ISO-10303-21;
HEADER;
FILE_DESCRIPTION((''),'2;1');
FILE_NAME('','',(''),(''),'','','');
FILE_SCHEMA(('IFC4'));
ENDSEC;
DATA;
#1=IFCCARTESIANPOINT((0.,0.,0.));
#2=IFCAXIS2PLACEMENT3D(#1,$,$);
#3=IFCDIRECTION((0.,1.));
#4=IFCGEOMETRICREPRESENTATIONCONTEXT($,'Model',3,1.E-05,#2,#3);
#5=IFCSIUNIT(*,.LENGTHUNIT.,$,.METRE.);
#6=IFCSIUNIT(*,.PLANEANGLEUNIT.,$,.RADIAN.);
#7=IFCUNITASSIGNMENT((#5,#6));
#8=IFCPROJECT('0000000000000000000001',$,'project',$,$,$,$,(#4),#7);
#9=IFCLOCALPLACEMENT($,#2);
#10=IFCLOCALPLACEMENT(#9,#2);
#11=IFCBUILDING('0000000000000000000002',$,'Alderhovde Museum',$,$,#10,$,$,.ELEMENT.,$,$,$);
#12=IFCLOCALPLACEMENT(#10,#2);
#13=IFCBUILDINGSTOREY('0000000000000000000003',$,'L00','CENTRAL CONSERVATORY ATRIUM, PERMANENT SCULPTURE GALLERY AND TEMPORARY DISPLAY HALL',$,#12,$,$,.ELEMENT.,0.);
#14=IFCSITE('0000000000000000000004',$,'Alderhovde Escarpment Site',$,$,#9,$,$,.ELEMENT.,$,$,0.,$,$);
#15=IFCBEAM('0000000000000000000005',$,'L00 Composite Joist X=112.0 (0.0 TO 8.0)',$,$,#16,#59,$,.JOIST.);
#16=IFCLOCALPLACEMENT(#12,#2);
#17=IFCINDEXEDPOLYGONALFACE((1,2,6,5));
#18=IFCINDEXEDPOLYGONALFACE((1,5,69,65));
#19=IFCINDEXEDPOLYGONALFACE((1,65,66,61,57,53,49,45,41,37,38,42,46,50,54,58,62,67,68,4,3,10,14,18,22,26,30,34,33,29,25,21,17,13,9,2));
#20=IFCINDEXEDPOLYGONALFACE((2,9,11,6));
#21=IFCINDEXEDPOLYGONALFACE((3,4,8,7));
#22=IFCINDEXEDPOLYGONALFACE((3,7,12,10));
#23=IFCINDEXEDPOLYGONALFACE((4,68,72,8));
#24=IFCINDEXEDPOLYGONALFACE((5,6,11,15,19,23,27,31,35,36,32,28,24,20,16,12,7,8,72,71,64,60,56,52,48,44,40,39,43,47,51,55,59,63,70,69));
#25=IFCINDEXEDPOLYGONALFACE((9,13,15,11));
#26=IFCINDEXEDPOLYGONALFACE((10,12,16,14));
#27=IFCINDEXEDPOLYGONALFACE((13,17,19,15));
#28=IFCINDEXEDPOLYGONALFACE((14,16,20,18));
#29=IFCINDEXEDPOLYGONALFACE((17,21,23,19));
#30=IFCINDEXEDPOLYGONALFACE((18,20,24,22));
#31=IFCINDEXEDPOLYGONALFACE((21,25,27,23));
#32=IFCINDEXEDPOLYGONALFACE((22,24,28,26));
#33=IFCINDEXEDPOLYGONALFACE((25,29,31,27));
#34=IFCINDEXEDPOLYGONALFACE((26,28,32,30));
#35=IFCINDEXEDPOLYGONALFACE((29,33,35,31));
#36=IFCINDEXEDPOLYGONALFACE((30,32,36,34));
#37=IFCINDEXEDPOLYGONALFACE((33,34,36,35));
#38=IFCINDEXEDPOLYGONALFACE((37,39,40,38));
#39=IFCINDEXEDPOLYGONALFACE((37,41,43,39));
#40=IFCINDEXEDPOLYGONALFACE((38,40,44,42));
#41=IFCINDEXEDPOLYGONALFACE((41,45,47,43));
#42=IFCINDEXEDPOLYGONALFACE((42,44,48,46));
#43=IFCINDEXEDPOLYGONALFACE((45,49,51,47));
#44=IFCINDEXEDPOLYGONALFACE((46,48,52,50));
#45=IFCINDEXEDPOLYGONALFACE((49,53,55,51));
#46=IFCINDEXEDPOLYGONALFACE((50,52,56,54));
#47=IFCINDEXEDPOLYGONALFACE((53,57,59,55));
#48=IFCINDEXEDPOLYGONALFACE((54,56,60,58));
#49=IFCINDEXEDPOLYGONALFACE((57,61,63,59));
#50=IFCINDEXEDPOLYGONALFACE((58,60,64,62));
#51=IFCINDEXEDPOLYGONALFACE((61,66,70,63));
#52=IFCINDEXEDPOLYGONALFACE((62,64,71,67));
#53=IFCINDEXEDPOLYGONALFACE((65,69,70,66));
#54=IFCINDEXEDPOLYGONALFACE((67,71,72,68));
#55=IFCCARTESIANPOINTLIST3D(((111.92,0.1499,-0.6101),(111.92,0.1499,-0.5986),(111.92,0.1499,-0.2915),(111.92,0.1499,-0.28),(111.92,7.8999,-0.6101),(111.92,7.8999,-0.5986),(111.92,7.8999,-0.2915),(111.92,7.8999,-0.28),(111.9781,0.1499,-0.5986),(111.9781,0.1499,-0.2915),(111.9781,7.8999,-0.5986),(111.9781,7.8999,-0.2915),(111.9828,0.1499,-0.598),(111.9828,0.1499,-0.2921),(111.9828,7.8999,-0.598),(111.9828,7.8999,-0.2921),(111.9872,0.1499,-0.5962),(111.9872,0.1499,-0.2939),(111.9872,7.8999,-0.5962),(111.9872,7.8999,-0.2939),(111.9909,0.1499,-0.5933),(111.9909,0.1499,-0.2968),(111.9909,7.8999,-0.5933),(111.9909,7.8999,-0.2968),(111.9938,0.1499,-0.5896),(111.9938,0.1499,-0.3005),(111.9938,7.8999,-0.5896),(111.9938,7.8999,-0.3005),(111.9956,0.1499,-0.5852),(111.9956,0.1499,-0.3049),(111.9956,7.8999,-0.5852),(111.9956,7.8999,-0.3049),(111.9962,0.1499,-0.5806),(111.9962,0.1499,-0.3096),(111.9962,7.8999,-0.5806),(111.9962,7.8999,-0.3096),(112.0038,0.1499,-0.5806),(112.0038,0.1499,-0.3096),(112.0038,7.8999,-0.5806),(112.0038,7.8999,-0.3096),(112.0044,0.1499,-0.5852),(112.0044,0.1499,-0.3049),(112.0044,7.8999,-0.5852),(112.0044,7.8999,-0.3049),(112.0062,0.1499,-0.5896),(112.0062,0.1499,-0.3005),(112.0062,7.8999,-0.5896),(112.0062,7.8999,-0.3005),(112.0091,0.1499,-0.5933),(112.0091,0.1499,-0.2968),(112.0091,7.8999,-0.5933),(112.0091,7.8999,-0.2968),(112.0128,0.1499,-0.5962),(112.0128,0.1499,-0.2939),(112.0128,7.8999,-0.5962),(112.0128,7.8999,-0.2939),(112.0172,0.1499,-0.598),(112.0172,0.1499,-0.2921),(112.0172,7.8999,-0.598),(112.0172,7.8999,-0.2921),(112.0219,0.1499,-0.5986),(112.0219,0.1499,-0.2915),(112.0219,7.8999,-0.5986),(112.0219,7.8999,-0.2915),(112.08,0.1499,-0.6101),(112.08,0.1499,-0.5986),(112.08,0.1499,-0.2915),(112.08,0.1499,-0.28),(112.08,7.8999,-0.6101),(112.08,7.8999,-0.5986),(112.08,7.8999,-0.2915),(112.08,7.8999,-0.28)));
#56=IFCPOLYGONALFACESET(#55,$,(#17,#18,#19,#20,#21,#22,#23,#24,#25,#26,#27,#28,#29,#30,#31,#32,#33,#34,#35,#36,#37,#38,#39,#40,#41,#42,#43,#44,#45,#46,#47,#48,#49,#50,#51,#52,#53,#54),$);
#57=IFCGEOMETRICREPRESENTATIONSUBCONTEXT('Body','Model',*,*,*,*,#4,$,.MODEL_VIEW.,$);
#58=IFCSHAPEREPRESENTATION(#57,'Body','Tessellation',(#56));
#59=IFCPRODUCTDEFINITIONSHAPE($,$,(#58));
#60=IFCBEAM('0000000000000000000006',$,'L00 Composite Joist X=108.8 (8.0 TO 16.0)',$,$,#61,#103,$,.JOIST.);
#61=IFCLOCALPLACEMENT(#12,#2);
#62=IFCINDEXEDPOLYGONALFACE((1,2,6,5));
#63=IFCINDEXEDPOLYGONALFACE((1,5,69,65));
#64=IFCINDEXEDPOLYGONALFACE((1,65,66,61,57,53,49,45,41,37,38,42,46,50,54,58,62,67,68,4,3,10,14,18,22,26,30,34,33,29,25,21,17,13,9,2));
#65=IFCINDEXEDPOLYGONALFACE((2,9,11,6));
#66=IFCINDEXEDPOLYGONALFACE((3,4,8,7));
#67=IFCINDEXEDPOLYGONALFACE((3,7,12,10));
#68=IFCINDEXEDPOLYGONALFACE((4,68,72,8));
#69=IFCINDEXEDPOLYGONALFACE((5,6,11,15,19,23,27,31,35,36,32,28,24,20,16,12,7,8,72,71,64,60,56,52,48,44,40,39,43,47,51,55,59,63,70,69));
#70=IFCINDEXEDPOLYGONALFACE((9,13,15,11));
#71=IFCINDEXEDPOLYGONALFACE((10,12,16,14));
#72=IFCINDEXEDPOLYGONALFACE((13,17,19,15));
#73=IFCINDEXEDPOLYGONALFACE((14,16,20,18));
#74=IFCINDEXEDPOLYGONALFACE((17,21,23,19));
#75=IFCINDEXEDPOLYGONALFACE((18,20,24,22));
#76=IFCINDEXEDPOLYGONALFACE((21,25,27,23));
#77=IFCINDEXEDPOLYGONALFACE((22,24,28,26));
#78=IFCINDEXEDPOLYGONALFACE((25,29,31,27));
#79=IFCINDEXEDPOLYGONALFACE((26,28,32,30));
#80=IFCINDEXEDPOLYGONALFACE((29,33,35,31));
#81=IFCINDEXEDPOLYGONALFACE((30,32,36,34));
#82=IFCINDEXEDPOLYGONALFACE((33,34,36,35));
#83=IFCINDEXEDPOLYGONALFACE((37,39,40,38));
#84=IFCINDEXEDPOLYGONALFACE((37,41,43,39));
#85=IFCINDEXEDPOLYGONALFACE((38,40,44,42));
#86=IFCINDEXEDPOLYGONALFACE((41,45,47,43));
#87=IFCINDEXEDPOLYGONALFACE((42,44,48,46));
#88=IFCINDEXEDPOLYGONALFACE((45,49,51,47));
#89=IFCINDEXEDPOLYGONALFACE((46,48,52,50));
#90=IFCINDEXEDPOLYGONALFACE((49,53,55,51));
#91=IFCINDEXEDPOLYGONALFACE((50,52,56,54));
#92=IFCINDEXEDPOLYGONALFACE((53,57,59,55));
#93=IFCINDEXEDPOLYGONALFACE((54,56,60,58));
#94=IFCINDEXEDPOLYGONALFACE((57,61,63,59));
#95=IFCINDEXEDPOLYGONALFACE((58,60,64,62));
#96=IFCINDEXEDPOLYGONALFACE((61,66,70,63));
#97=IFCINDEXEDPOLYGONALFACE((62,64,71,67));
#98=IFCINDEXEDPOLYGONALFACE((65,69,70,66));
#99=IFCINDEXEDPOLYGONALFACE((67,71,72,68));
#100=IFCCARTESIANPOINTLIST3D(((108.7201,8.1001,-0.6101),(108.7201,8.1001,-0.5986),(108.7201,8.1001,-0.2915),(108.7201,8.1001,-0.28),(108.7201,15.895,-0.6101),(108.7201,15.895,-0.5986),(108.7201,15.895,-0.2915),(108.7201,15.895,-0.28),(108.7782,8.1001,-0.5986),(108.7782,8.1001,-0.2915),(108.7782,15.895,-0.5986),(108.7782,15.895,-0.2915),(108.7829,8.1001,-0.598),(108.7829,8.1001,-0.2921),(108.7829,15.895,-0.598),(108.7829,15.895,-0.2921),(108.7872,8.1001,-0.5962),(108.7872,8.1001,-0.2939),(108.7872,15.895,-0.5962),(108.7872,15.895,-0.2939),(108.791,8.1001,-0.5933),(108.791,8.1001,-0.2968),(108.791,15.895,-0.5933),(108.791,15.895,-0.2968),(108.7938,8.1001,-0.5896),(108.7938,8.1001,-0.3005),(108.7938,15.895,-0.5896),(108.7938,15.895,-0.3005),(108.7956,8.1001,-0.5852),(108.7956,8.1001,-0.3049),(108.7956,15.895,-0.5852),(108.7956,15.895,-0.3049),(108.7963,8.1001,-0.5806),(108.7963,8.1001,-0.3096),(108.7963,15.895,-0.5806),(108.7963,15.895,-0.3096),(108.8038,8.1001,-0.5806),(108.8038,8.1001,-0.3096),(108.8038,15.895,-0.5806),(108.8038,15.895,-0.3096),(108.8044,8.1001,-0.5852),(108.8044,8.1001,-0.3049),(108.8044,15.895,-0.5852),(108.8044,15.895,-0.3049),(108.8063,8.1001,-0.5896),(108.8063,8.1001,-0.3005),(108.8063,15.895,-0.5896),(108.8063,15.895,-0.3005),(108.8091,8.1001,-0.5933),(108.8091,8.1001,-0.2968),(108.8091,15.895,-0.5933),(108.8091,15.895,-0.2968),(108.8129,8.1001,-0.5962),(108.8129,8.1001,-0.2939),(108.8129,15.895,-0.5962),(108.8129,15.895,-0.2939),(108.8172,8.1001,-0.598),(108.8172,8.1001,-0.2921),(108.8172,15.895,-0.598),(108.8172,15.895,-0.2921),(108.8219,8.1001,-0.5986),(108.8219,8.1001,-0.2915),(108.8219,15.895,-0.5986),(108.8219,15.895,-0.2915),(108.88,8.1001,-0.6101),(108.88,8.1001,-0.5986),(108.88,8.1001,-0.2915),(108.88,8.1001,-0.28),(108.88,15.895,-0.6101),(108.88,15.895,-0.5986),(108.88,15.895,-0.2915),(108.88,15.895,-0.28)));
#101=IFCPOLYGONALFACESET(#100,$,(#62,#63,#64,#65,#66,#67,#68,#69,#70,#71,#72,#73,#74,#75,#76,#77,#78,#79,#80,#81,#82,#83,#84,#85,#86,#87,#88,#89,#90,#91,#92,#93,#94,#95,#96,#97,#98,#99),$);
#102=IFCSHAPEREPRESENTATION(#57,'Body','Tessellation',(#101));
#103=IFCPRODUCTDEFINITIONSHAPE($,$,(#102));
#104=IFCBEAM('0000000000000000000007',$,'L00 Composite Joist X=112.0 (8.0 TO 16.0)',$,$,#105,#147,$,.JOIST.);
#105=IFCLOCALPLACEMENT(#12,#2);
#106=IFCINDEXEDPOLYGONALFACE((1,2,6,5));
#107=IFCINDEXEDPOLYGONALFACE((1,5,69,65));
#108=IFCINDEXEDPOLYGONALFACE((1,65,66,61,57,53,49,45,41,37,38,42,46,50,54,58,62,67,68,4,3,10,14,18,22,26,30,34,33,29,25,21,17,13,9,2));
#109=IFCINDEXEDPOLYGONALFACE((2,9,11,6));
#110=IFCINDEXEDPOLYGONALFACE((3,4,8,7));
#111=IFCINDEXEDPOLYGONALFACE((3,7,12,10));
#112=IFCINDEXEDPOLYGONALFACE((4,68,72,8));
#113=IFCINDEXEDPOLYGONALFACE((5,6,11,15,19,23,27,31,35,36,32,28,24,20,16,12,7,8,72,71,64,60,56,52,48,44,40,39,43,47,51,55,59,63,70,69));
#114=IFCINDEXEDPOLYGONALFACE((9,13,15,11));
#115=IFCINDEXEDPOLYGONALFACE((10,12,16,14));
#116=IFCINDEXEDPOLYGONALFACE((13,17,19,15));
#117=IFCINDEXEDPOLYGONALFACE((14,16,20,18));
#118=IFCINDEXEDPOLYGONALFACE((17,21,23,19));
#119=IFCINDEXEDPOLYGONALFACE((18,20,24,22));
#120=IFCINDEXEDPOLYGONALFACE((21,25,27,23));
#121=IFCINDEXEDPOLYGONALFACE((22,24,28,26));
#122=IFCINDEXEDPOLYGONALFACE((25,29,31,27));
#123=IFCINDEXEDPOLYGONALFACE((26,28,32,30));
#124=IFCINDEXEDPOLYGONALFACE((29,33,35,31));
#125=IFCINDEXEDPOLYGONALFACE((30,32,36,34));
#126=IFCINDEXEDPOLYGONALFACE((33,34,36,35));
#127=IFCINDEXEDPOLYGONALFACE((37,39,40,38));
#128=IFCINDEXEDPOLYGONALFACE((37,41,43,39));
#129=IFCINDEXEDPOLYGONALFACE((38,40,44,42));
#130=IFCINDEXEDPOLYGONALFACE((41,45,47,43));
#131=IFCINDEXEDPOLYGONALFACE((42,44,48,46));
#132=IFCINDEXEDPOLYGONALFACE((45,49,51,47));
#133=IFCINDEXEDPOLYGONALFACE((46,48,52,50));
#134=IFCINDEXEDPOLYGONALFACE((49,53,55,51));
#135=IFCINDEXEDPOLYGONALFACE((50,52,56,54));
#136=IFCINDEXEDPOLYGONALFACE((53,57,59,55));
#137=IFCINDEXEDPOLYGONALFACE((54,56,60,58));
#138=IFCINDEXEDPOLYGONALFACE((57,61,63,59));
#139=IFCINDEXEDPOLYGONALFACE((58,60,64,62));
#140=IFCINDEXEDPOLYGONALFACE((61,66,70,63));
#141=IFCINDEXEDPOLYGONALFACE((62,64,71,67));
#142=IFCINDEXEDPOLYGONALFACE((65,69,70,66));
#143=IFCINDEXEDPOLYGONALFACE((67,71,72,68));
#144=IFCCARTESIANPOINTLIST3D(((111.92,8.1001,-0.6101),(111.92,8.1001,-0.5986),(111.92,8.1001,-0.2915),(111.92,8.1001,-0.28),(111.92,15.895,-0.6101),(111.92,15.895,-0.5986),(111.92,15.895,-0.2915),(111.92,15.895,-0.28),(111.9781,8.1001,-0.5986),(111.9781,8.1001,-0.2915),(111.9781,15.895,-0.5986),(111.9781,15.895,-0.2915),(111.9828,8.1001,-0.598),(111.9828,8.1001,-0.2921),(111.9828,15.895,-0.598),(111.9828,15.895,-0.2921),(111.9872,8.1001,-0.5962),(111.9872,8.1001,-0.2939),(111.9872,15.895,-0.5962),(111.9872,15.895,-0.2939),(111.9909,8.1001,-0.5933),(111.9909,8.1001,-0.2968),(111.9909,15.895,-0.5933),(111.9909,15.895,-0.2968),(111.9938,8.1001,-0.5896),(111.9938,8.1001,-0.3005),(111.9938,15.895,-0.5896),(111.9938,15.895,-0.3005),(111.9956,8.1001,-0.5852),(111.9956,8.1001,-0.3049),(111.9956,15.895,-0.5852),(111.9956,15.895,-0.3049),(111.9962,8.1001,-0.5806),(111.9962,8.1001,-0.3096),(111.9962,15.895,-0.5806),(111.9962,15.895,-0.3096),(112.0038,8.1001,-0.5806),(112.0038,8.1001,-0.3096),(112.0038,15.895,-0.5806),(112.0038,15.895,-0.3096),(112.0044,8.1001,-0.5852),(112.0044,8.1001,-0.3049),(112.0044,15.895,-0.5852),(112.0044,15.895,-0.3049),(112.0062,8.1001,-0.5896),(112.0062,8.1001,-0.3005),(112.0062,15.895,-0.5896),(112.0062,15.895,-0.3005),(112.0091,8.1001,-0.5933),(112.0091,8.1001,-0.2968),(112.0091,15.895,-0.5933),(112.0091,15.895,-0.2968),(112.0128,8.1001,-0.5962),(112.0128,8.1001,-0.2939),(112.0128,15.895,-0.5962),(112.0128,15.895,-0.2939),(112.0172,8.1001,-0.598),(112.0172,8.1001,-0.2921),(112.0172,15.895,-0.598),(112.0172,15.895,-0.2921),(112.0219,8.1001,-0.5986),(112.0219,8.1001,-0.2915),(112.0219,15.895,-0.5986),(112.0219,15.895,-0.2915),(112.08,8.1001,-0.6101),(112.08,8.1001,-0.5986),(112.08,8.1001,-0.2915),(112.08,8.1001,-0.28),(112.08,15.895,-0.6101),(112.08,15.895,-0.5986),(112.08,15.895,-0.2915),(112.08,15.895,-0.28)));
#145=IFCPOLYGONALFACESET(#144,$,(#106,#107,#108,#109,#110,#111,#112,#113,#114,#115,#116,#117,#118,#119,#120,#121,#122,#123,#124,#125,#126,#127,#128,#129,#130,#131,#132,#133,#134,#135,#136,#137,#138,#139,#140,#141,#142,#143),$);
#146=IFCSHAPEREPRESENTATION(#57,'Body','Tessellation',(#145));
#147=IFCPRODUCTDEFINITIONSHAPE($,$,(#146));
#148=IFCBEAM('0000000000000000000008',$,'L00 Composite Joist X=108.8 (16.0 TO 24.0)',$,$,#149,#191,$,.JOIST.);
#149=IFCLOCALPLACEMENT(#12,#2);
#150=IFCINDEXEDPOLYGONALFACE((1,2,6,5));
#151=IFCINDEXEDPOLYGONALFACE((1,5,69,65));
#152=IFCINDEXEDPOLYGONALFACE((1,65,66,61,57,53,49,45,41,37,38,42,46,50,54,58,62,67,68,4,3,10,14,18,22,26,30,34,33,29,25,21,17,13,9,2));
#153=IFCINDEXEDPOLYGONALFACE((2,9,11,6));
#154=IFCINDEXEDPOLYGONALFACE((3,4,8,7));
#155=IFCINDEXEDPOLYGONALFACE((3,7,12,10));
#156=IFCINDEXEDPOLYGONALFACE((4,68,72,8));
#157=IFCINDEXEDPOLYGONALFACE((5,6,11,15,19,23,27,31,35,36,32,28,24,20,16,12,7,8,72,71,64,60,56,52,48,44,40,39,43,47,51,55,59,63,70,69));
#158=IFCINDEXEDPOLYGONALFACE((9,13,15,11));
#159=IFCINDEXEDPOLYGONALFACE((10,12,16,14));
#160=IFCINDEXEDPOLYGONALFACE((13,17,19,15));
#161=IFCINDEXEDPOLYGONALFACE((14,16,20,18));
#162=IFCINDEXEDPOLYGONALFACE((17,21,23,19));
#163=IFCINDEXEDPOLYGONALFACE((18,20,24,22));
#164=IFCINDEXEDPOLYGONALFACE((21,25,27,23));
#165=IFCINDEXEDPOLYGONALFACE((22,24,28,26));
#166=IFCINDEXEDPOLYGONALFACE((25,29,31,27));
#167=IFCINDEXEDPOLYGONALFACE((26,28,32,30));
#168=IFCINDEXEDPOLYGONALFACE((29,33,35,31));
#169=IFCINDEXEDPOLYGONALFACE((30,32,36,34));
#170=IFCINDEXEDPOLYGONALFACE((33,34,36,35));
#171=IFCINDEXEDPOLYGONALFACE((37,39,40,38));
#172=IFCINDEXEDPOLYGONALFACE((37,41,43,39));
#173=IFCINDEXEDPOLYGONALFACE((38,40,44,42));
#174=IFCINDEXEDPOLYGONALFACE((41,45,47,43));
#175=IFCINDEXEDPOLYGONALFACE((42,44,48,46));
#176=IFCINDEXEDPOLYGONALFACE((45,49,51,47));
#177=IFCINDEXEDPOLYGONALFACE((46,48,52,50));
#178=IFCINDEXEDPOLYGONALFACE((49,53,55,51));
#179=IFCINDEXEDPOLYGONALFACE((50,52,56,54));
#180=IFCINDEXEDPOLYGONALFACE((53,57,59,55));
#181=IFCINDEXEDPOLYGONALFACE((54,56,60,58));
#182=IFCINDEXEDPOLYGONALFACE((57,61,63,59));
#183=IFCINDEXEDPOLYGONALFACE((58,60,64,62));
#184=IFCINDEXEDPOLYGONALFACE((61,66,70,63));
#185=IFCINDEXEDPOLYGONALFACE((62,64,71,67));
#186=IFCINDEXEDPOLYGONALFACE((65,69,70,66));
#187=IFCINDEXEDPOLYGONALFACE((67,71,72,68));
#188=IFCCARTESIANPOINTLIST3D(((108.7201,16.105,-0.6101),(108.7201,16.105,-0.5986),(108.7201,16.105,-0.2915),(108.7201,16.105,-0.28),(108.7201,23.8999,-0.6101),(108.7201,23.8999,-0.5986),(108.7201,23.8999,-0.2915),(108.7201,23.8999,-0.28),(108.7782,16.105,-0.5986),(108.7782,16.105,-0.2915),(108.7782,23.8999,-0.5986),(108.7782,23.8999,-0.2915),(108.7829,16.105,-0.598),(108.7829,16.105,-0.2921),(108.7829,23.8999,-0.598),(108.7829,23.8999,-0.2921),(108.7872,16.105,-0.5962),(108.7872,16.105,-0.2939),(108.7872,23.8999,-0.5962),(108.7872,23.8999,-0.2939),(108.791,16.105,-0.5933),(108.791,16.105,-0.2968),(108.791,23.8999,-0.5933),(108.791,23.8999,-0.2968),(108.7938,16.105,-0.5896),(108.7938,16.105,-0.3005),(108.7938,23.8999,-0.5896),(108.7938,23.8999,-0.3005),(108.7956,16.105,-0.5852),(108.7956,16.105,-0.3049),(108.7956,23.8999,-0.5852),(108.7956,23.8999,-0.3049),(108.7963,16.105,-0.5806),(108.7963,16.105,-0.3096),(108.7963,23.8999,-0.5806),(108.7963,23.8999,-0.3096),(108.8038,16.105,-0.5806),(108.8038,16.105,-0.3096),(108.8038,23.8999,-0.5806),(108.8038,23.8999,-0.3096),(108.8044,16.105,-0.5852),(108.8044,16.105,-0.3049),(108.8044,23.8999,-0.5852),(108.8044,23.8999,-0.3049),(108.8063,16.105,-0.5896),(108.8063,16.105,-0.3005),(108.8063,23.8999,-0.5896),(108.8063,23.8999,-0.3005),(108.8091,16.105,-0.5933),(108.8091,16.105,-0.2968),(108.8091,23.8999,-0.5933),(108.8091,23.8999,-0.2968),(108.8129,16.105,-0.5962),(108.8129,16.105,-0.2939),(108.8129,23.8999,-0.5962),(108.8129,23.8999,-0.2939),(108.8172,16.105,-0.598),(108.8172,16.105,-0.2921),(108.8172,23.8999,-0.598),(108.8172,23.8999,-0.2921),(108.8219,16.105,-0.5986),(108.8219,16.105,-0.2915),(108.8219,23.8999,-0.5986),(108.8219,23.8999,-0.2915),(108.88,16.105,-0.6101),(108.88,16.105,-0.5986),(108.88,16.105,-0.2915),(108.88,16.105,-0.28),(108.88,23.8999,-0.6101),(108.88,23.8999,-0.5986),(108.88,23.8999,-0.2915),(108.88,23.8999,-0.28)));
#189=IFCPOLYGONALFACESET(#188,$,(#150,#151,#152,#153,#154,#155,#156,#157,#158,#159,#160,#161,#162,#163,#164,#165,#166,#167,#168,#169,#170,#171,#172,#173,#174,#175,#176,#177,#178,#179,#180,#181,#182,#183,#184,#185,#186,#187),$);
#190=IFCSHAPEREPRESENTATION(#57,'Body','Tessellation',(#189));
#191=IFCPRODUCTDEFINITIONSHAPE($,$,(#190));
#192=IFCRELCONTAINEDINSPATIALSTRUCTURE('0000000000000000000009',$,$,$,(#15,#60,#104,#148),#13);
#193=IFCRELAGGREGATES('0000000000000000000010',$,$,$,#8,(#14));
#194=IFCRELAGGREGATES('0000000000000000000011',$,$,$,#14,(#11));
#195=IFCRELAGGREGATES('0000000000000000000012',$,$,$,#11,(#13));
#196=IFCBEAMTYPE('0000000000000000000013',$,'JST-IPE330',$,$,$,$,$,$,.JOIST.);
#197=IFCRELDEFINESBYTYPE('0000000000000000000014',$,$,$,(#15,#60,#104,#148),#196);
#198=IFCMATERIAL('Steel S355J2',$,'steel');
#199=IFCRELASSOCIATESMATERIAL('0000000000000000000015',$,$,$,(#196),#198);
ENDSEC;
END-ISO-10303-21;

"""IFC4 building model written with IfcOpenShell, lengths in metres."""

from ifc_helpers import new_model, si_unit, direction, frame, origin, origin_2d, place, context, subcontext, project, spatial, i_section, extrude, material, material_profile, profile_set, type_object, element, save


model = new_model("IFC4")

# Units and contexts
model_context = context("Model", 3, precision=1e-05, world=origin(), true_north=direction((0.0, 1.0)))
body_context = subcontext(model_context, "Body", "Model", "MODEL_VIEW")
ifc_project = project(units=[si_unit("LENGTHUNIT", "METRE"), si_unit("PLANEANGLEUNIT", "RADIAN")], contexts=[model_context])

# Site, building, storey
site_placement = place(None, origin())
site = spatial("IfcSite", under=ifc_project, at=site_placement, Name="Alderhovde Escarpment Site", CompositionType="ELEMENT", RefElevation=0.0)
building_placement = place(site_placement, origin())
building = spatial("IfcBuilding", under=site, at=building_placement, Name="Alderhovde Museum", CompositionType="ELEMENT")
storey_placement = place(building_placement, origin())
storey = spatial("IfcBuildingStorey", under=building, at=storey_placement, Name="L00", Description="CENTRAL CONSERVATORY ATRIUM, PERMANENT SCULPTURE GALLERY AND TEMPORARY DISPLAY HALL", CompositionType="ELEMENT", Elevation=0.0)

# Beams
ifc_material_1 = material(Name="Steel S355J2", Category="steel")
ifc_material_profile_1 = material_profile(ifc_material_1, i_section(OverallWidth=0.1599, OverallDepth=0.3301, WebThickness=0.0076, FlangeThickness=0.0115, FilletRadius=0.0181, at=origin_2d()), Name="IPE 330")
ifc_profile_set_1 = profile_set([ifc_material_profile_1], Name="Steel S355J2")
beam_type_1 = type_object("IfcBeamType", Name="JST-IPE330", PredefinedType="JOIST", material=ifc_profile_set_1)
for number, where, z_axis, x_axis, name in (
    (1, (112.0, 0.1499, -0.4451), (0.0, 1.0, 0.0), (-1.0, 0.0, 0.0), "L00 Composite Joist X=112.0 (0.0 TO 8.0)"),
):
    element("IfcBeam", number, at=place(storey_placement, frame(where, z_axis=z_axis, x_axis=x_axis)), inside=storey, type_object=beam_type_1, Name=name, PredefinedType="JOIST", context=body_context, shape_type="SweptSolid", body=[
        extrude(i_section(OverallWidth=0.1599, OverallDepth=0.3301, WebThickness=0.0076, FlangeThickness=0.0115, FilletRadius=0.0181, at=origin_2d()), origin(), (0.0, 0.0, 1.0), 7.75),
    ])
for number, where, z_axis, x_axis, name in (
    (2, (108.8, 8.1001, -0.4451), (0.0, 1.0, 0.0), (-1.0, 0.0, 0.0), "L00 Composite Joist X=108.8 (8.0 TO 16.0)"),
    (3, (112.0, 8.1001, -0.4451), (0.0, 1.0, 0.0), (-1.0, 0.0, 0.0), "L00 Composite Joist X=112.0 (8.0 TO 16.0)"),
    (4, (108.8, 16.105, -0.4451), (0.0, 1.0, 0.0), (-1.0, 0.0, 0.0), "L00 Composite Joist X=108.8 (16.0 TO 24.0)"),
):
    element("IfcBeam", number, at=place(storey_placement, frame(where, z_axis=z_axis, x_axis=x_axis)), inside=storey, type_object=beam_type_1, Name=name, PredefinedType="JOIST", context=body_context, shape_type="SweptSolid", body=[
        extrude(i_section(OverallWidth=0.1599, OverallDepth=0.3301, WebThickness=0.0076, FlangeThickness=0.0115, FilletRadius=0.0181, at=origin_2d()), origin(), (0.0, 0.0, 1.0), 7.7949),
    ])

save(model, "model.ifc")
